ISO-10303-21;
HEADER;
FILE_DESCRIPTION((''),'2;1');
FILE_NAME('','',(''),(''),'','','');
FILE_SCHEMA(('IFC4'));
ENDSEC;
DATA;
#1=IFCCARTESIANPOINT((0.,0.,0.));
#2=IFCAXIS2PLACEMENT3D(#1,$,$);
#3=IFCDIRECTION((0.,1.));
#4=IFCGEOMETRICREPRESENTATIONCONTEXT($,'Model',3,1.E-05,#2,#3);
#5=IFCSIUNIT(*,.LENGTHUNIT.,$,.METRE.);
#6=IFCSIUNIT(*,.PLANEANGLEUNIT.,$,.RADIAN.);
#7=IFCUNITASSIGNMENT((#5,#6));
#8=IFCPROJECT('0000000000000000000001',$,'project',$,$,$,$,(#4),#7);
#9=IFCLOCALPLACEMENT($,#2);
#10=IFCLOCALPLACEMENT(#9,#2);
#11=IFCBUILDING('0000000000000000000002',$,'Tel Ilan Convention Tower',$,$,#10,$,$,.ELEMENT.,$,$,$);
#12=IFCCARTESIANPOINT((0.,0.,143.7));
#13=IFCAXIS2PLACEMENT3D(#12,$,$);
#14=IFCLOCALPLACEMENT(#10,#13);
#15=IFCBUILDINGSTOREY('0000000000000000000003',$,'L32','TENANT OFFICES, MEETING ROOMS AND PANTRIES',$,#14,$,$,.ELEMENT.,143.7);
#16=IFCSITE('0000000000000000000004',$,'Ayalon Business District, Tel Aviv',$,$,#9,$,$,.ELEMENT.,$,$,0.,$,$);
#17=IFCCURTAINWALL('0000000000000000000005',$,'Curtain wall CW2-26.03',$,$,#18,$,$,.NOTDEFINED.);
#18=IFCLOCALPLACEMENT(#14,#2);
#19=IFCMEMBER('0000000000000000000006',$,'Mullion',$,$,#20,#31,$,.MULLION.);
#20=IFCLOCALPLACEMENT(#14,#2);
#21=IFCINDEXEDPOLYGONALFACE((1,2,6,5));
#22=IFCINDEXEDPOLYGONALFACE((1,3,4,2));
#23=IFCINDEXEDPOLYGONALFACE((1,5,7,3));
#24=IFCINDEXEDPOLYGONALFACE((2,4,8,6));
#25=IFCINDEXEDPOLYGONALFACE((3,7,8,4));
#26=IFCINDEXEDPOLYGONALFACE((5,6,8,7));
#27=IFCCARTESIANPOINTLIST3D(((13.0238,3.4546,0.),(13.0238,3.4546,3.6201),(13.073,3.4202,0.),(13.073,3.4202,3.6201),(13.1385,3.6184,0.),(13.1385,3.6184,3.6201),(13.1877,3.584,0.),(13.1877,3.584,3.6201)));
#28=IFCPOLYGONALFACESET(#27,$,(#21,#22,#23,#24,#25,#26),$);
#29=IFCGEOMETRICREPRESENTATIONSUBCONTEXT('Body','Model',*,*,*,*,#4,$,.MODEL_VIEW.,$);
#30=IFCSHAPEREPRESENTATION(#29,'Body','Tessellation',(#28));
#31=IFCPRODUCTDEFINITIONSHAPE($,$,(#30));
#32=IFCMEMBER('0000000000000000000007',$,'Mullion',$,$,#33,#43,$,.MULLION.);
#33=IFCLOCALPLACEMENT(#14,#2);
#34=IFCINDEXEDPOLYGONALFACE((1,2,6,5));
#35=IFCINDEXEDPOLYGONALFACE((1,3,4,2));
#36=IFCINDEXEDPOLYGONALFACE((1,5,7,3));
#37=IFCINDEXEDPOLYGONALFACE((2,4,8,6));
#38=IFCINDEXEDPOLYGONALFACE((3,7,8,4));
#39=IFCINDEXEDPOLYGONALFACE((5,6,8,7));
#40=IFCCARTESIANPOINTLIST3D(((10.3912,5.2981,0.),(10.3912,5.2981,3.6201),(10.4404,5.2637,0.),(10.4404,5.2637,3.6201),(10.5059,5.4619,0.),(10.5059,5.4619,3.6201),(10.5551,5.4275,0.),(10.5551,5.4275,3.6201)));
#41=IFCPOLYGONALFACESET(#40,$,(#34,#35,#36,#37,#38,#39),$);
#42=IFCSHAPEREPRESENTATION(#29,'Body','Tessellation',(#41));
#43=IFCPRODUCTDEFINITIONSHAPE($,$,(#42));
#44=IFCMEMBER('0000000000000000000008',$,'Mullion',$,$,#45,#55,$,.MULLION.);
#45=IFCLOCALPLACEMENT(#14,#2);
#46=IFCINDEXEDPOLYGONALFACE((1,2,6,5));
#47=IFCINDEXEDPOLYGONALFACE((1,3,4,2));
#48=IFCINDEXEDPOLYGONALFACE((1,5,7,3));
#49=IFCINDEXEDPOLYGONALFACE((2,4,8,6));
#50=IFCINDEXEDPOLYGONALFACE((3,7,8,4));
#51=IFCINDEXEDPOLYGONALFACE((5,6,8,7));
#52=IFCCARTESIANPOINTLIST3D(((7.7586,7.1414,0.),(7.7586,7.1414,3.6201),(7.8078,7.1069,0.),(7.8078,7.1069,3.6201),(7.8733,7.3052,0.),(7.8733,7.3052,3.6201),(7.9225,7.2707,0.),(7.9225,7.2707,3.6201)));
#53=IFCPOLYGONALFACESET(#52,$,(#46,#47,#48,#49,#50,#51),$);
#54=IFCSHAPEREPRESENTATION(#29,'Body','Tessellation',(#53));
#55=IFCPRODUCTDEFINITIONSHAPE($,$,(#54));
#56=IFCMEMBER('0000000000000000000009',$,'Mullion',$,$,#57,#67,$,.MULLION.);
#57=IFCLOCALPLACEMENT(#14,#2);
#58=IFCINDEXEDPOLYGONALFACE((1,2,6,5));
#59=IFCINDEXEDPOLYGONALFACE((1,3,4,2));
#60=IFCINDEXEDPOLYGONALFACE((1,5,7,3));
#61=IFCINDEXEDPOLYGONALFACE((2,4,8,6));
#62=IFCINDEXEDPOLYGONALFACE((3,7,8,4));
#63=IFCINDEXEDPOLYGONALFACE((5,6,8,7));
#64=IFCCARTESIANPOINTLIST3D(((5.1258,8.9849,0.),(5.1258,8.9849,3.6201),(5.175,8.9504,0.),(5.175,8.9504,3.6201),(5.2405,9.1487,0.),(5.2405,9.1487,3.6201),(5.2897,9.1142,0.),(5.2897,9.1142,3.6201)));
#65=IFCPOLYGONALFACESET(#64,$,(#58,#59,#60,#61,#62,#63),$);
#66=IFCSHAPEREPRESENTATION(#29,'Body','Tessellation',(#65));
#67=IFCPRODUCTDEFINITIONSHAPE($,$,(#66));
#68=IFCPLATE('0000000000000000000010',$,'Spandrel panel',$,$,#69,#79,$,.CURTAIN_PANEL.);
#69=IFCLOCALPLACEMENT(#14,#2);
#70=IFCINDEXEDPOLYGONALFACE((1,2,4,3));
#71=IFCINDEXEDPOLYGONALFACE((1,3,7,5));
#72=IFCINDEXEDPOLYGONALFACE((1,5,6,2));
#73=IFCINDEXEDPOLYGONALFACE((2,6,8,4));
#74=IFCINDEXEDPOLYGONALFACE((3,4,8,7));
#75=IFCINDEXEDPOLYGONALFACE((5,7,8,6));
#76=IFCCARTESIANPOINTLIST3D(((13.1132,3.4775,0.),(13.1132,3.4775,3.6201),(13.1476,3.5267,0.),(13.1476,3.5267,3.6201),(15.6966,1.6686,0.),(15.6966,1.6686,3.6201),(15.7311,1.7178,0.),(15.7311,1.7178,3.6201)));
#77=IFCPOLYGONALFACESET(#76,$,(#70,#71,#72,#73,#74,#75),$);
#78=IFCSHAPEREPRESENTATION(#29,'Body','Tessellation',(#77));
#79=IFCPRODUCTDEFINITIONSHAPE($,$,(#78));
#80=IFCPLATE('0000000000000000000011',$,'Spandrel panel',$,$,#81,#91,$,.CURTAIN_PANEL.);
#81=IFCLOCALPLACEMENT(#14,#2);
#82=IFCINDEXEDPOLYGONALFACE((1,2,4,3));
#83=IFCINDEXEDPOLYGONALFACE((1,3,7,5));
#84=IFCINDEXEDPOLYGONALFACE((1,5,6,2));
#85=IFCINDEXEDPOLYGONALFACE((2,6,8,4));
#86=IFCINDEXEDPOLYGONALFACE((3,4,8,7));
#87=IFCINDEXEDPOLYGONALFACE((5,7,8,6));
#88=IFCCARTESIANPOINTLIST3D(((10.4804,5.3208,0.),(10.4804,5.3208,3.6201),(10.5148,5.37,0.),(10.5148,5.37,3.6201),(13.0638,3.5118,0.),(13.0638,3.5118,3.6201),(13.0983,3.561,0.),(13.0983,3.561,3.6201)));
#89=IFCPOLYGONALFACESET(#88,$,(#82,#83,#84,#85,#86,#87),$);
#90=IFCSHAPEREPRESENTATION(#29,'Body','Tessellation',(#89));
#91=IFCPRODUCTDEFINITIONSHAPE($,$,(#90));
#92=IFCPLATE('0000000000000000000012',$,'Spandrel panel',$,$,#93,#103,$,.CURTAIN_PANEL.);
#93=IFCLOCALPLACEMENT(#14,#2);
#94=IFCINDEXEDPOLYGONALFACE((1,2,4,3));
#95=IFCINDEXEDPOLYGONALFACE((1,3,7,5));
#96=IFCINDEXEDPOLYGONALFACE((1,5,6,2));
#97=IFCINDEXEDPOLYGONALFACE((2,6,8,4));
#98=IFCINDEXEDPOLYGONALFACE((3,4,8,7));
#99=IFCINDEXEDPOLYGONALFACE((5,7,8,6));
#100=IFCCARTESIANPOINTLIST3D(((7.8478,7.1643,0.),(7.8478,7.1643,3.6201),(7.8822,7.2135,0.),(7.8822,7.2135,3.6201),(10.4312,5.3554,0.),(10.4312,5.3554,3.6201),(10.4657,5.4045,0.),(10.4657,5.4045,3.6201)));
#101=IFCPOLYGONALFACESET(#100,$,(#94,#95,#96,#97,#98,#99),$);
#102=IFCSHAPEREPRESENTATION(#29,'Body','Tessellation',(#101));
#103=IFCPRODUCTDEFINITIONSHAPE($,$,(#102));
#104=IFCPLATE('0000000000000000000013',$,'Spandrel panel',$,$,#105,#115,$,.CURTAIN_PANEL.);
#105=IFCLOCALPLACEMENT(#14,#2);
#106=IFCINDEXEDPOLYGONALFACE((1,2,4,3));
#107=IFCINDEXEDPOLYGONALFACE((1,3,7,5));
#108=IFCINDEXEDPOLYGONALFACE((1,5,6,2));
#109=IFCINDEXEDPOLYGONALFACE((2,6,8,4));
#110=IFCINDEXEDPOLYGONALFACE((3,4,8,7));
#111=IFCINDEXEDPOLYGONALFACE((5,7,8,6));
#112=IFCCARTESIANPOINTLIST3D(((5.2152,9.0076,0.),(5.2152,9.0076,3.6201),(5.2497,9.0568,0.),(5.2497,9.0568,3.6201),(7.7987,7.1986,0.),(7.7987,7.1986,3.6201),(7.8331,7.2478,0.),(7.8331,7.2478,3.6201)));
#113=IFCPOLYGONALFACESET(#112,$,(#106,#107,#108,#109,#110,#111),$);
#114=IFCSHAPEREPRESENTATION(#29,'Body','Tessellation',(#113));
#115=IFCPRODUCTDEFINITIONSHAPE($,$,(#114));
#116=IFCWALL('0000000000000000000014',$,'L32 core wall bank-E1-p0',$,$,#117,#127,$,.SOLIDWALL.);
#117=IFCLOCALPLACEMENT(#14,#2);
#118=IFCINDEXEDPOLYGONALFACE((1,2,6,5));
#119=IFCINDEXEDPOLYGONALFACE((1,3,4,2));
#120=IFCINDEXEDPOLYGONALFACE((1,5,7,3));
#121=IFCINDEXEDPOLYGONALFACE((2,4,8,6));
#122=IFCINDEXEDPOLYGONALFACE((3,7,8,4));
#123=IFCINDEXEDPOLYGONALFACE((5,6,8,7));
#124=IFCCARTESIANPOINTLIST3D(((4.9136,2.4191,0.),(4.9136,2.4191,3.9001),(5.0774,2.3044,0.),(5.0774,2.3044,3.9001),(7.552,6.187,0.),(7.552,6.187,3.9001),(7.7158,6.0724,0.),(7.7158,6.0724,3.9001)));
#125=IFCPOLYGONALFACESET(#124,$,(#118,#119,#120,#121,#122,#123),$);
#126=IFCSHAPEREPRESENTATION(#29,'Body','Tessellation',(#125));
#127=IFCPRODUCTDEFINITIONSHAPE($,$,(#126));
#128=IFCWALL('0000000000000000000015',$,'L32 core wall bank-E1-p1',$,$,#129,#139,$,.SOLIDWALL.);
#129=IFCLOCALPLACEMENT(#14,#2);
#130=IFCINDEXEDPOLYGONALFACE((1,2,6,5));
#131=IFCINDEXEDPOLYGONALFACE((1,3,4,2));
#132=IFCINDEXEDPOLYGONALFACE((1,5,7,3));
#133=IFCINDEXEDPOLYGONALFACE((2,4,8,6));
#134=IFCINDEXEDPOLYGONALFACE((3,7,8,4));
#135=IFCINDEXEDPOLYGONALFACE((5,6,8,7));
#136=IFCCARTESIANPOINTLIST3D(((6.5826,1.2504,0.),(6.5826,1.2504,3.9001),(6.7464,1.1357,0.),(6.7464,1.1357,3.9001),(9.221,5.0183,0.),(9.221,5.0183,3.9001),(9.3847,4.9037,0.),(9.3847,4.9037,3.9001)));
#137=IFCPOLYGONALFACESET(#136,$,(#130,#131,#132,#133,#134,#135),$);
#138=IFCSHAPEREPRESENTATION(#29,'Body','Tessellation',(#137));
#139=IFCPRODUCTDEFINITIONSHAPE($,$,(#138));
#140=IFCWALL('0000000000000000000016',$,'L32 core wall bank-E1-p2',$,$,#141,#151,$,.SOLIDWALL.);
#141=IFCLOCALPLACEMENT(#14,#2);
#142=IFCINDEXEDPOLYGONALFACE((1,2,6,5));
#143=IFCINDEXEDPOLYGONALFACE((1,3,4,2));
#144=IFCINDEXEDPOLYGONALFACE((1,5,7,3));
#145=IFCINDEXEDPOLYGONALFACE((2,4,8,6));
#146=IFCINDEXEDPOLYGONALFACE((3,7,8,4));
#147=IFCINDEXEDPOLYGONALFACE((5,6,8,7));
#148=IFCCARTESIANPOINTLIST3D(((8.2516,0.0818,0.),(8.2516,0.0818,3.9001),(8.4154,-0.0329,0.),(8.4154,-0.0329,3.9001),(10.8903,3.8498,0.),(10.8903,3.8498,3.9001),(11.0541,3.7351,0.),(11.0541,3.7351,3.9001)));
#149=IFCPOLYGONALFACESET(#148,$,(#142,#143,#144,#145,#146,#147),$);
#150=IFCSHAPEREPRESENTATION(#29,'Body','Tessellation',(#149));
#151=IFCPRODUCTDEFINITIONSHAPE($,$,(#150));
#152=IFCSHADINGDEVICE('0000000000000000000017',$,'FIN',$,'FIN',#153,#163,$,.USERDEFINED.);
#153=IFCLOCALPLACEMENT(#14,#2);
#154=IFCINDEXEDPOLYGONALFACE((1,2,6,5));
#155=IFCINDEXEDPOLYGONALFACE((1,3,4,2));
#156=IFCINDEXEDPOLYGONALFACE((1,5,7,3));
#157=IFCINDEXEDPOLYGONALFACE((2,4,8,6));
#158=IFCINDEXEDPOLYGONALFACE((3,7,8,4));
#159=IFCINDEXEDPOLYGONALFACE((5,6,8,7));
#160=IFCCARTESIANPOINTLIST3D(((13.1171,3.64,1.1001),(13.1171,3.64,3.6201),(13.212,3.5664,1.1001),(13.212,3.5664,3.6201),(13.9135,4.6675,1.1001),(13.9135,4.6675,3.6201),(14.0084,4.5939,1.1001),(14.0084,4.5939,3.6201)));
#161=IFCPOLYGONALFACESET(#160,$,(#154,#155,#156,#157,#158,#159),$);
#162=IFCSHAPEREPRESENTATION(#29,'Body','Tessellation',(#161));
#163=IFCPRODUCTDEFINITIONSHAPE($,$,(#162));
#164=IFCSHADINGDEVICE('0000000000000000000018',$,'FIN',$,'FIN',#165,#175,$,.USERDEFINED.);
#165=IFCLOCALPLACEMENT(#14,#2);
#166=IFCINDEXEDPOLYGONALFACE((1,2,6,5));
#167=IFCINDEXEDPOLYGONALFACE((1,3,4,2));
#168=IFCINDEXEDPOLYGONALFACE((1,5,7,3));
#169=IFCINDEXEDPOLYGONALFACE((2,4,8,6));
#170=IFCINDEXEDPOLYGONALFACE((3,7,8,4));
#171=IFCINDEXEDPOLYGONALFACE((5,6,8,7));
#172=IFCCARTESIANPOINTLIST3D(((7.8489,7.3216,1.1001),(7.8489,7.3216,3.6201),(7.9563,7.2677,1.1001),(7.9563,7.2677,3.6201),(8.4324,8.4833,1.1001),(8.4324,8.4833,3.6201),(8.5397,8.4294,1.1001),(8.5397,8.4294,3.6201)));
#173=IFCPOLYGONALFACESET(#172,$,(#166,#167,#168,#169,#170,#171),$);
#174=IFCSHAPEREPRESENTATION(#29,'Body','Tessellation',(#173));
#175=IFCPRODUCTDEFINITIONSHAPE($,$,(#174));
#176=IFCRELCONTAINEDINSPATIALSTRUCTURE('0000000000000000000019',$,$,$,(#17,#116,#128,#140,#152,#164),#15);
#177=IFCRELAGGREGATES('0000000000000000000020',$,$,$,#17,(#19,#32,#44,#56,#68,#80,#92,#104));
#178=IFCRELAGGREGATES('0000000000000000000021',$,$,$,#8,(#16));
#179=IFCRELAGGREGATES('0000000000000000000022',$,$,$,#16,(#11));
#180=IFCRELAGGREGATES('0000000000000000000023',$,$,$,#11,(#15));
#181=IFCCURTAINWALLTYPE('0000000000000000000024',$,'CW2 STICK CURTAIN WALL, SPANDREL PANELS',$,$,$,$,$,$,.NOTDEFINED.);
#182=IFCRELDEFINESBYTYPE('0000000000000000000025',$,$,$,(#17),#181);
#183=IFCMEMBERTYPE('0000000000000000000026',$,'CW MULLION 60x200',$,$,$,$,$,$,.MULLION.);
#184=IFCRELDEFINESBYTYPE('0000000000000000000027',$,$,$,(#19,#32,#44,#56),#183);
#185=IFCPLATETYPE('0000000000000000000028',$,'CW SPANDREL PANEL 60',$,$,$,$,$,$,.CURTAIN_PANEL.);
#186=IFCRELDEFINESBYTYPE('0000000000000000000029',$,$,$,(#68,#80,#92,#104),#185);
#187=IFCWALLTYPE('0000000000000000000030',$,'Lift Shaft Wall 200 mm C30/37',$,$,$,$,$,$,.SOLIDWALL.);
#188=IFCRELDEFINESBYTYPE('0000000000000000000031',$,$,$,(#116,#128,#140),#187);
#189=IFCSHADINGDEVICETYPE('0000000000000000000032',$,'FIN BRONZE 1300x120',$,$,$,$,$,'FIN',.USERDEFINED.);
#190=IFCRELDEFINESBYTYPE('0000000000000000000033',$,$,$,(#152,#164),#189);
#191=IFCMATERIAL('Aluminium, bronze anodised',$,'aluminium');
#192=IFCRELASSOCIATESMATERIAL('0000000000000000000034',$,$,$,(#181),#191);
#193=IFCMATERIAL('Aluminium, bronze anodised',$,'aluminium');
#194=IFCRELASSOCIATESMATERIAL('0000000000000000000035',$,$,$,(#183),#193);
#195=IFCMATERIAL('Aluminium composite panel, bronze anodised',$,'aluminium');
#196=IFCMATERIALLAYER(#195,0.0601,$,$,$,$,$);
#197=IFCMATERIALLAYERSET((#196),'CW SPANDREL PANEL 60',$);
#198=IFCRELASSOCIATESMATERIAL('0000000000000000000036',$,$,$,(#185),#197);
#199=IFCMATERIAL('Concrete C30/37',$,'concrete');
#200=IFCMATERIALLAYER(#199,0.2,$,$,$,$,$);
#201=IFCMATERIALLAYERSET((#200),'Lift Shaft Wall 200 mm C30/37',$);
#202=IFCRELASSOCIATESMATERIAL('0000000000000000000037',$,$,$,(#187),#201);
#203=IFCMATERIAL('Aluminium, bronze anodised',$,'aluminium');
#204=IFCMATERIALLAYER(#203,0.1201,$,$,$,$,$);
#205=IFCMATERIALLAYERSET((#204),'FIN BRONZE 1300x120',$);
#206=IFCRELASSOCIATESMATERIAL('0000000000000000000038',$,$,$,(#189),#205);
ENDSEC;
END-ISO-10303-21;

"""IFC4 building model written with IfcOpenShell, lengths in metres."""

from ifc_helpers import new_model, si_unit, direction, frame, frame_2d, origin, origin_2d, place, context, subcontext, project, spatial, rectangle, extrude, material, layer, layer_set, material_profile, profile_set, type_object, element, aggregate, save


model = new_model("IFC4")

# Units and contexts
model_context = context("Model", 3, precision=1e-05, world=origin(), true_north=direction((0.0, 1.0)))
body_context = subcontext(model_context, "Body", "Model", "MODEL_VIEW")
ifc_project = project(units=[si_unit("LENGTHUNIT", "METRE"), si_unit("PLANEANGLEUNIT", "RADIAN")], contexts=[model_context])

# Site, building, storey
site_placement = place(None, origin())
site = spatial("IfcSite", under=ifc_project, at=site_placement, Name="Ayalon Business District, Tel Aviv", CompositionType="ELEMENT", RefElevation=0.0)
building_placement = place(site_placement, origin())
building = spatial("IfcBuilding", under=site, at=building_placement, Name="Tel Ilan Convention Tower", CompositionType="ELEMENT")
storey_placement = place(building_placement, frame((0.0, 0.0, 143.7)))
storey = spatial("IfcBuildingStorey", under=building, at=storey_placement, Name="L32", Description="TENANT OFFICES, MEETING ROOMS AND PANTRIES", CompositionType="ELEMENT", Elevation=143.7)

# Curtain wall, members, plates
ifc_material_1 = material(Name="Aluminium, bronze anodised", Category="aluminium")
curtain_wall_type = type_object("IfcCurtainWallType", Name="CW2 STICK CURTAIN WALL, SPANDREL PANELS", PredefinedType="NOTDEFINED", material=ifc_material_1)
curtain_wall_placement = place(storey_placement, origin())
curtain_wall = element("IfcCurtainWall", 1, at=curtain_wall_placement, inside=storey, type_object=curtain_wall_type, Name="Curtain wall CW2-26.03", PredefinedType="NOTDEFINED")
ifc_material_2 = material(Name="Aluminium, bronze anodised", Category="aluminium")
ifc_material_profile = material_profile(ifc_material_2, rectangle(XDim=0.0601, YDim=0.2, at=origin_2d()), Name="CW MULLION 60x200")
ifc_profile_set = profile_set([ifc_material_profile], Name="Aluminium, bronze anodised")
member_type = type_object("IfcMemberType", Name="CW MULLION 60x200", PredefinedType="MULLION", material=ifc_profile_set)
member_1_placement = place(storey_placement, frame((13.1057, 3.5193, 0.0), z_axis=(0.0, 0.0, 1.0), x_axis=(-0.819152, 0.573576, 0.0)))
member_1 = element("IfcMember", 2, at=member_1_placement, type_object=member_type, Name="Mullion", PredefinedType="MULLION", context=body_context, shape_type="SweptSolid", body=[
    extrude(rectangle(XDim=0.0601, YDim=0.2, at=origin_2d()), origin(), (0.0, 0.0, 1.0), 3.6201),
])
member_2_placement = place(storey_placement, frame((10.4731, 5.3628, 0.0), z_axis=(0.0, 0.0, 1.0), x_axis=(-0.819152, 0.573576, 0.0)))
member_2 = element("IfcMember", 3, at=member_2_placement, type_object=member_type, Name="Mullion", PredefinedType="MULLION", context=body_context, shape_type="SweptSolid", body=[
    extrude(rectangle(XDim=0.0601, YDim=0.2, at=origin_2d()), origin(), (0.0, 0.0, 1.0), 3.6201),
])
member_3_placement = place(storey_placement, frame((7.8406, 7.2061, 0.0), z_axis=(0.0, 0.0, 1.0), x_axis=(-0.819152, 0.573576, 0.0)))
member_3 = element("IfcMember", 4, at=member_3_placement, type_object=member_type, Name="Mullion", PredefinedType="MULLION", context=body_context, shape_type="SweptSolid", body=[
    extrude(rectangle(XDim=0.0601, YDim=0.2, at=origin_2d()), origin(), (0.0, 0.0, 1.0), 3.6201),
])
member_4_placement = place(storey_placement, frame((5.2078, 9.0496, 0.0), z_axis=(0.0, 0.0, 1.0), x_axis=(-0.819152, 0.573576, 0.0)))
member_4 = element("IfcMember", 5, at=member_4_placement, type_object=member_type, Name="Mullion", PredefinedType="MULLION", context=body_context, shape_type="SweptSolid", body=[
    extrude(rectangle(XDim=0.0601, YDim=0.2, at=origin_2d()), origin(), (0.0, 0.0, 1.0), 3.6201),
])
ifc_material_3 = material(Name="Aluminium composite panel, bronze anodised", Category="aluminium")
ifc_layer_1 = layer(ifc_material_3, 0.0601)
ifc_layer_set_1 = layer_set([ifc_layer_1], Name="CW SPANDREL PANEL 60")
plate_type = type_object("IfcPlateType", Name="CW SPANDREL PANEL 60", PredefinedType="CURTAIN_PANEL", material=ifc_layer_set_1)
plate_1_placement = place(storey_placement, frame((14.4221, 2.5977, 0.0), z_axis=(0.0, 0.0, 1.0), x_axis=(-0.819152, 0.573576, 0.0)))
plate_1 = element("IfcPlate", 6, at=plate_1_placement, type_object=plate_type, Name="Spandrel panel", PredefinedType="CURTAIN_PANEL", context=body_context, shape_type="SweptSolid", body=[
    extrude(rectangle(XDim=3.1538, YDim=0.0601, at=origin_2d()), origin(), (0.0, 0.0, 1.0), 3.6201),
])
plate_2_placement = place(storey_placement, frame((11.7893, 4.4409, 0.0), z_axis=(0.0, 0.0, 1.0), x_axis=(-0.819152, 0.573576, 0.0)))
plate_2 = element("IfcPlate", 7, at=plate_2_placement, type_object=plate_type, Name="Spandrel panel", PredefinedType="CURTAIN_PANEL", context=body_context, shape_type="SweptSolid", body=[
    extrude(rectangle(XDim=3.1538, YDim=0.0601, at=origin_2d()), origin(), (0.0, 0.0, 1.0), 3.6201),
])
plate_3_placement = place(storey_placement, frame((9.1567, 6.2844, 0.0), z_axis=(0.0, 0.0, 1.0), x_axis=(-0.819152, 0.573576, 0.0)))
plate_3 = element("IfcPlate", 8, at=plate_3_placement, type_object=plate_type, Name="Spandrel panel", PredefinedType="CURTAIN_PANEL", context=body_context, shape_type="SweptSolid", body=[
    extrude(rectangle(XDim=3.1538, YDim=0.0601, at=origin_2d()), origin(), (0.0, 0.0, 1.0), 3.6201),
])
plate_4_placement = place(storey_placement, frame((6.5242, 8.1277, 0.0), z_axis=(0.0, 0.0, 1.0), x_axis=(-0.819152, 0.573576, 0.0)))
plate_4 = element("IfcPlate", 9, at=plate_4_placement, type_object=plate_type, Name="Spandrel panel", PredefinedType="CURTAIN_PANEL", context=body_context, shape_type="SweptSolid", body=[
    extrude(rectangle(XDim=3.1538, YDim=0.0601, at=origin_2d()), origin(), (0.0, 0.0, 1.0), 3.6201),
])
aggregate(curtain_wall, [member_1, member_2, member_3, member_4, plate_1, plate_2, plate_3, plate_4])

# Walls
ifc_material_4 = material(Name="Concrete C30/37", Category="concrete")
ifc_layer_2 = layer(ifc_material_4, 0.2)
ifc_layer_set_2 = layer_set([ifc_layer_2], Name="Lift Shaft Wall 200 mm C30/37")
wall_type = type_object("IfcWallType", Name="Lift Shaft Wall 200 mm C30/37", PredefinedType="SOLIDWALL", material=ifc_layer_set_2)
for number, where, z_axis, x_axis, name in (
    (10, (4.9956, 2.3618, 0.0), (0.0, 0.0, 1.0), (0.573576, 0.819152, 0.0), "L32 core wall bank-E1-p0"),
    (11, (6.6646, 1.1931, 0.0), (0.0, 0.0, 1.0), (0.573576, 0.819152, 0.0), "L32 core wall bank-E1-p1"),
):
    element("IfcWall", number, at=place(storey_placement, frame(where, z_axis=z_axis, x_axis=x_axis)), inside=storey, type_object=wall_type, Name=name, PredefinedType="SOLIDWALL", context=body_context, shape_type="SweptSolid", body=[
        extrude(rectangle(XDim=4.5999, YDim=0.2, at=frame_2d((2.2998, 0.0))), origin(), (0.0, 0.0, 1.0), 3.9001),
    ])
wall_placement = place(storey_placement, frame((8.3335, 0.0244, 0.0), z_axis=(0.0, 0.0, 1.0), x_axis=(0.573612, 0.819127, 0.0)))
element("IfcWall", 12, at=wall_placement, inside=storey, type_object=wall_type, Name="L32 core wall bank-E1-p2", PredefinedType="SOLIDWALL", context=body_context, shape_type="SweptSolid", body=[
    extrude(rectangle(XDim=4.6001, YDim=0.2, at=frame_2d((2.3, 0.0))), origin(), (0.0, 0.0, 1.0), 3.9001),
])

# Shading devices
ifc_material_5 = material(Name="Aluminium, bronze anodised", Category="aluminium")
ifc_layer_3 = layer(ifc_material_5, 0.1201)
ifc_layer_set_3 = layer_set([ifc_layer_3], Name="FIN BRONZE 1300x120")
shading_device_type = type_object("IfcShadingDeviceType", Name="FIN BRONZE 1300x120", ElementType="FIN", PredefinedType="USERDEFINED", material=ifc_layer_set_3)
for number, where, z_axis, x_axis, name in (
    (13, (13.5627, 4.1169, 1.1001), (0.0, 0.0, 1.0), (0.612601, 0.790393, 0.0), "FIN"),
    (14, (8.1943, 7.8755, 1.1001), (0.0, 0.0, 1.0), (0.448799, 0.893633, 0.0), "FIN"),
):
    element("IfcShadingDevice", number, at=place(storey_placement, frame(where, z_axis=z_axis, x_axis=x_axis)), inside=storey, type_object=shading_device_type, Name=name, ObjectType="FIN", PredefinedType="USERDEFINED", context=body_context, shape_type="SweptSolid", body=[
        extrude(rectangle(XDim=1.3, YDim=0.1201, at=origin_2d()), origin(), (0.0, 0.0, 1.0), 2.52),
    ])

save(model, "model.ifc")
